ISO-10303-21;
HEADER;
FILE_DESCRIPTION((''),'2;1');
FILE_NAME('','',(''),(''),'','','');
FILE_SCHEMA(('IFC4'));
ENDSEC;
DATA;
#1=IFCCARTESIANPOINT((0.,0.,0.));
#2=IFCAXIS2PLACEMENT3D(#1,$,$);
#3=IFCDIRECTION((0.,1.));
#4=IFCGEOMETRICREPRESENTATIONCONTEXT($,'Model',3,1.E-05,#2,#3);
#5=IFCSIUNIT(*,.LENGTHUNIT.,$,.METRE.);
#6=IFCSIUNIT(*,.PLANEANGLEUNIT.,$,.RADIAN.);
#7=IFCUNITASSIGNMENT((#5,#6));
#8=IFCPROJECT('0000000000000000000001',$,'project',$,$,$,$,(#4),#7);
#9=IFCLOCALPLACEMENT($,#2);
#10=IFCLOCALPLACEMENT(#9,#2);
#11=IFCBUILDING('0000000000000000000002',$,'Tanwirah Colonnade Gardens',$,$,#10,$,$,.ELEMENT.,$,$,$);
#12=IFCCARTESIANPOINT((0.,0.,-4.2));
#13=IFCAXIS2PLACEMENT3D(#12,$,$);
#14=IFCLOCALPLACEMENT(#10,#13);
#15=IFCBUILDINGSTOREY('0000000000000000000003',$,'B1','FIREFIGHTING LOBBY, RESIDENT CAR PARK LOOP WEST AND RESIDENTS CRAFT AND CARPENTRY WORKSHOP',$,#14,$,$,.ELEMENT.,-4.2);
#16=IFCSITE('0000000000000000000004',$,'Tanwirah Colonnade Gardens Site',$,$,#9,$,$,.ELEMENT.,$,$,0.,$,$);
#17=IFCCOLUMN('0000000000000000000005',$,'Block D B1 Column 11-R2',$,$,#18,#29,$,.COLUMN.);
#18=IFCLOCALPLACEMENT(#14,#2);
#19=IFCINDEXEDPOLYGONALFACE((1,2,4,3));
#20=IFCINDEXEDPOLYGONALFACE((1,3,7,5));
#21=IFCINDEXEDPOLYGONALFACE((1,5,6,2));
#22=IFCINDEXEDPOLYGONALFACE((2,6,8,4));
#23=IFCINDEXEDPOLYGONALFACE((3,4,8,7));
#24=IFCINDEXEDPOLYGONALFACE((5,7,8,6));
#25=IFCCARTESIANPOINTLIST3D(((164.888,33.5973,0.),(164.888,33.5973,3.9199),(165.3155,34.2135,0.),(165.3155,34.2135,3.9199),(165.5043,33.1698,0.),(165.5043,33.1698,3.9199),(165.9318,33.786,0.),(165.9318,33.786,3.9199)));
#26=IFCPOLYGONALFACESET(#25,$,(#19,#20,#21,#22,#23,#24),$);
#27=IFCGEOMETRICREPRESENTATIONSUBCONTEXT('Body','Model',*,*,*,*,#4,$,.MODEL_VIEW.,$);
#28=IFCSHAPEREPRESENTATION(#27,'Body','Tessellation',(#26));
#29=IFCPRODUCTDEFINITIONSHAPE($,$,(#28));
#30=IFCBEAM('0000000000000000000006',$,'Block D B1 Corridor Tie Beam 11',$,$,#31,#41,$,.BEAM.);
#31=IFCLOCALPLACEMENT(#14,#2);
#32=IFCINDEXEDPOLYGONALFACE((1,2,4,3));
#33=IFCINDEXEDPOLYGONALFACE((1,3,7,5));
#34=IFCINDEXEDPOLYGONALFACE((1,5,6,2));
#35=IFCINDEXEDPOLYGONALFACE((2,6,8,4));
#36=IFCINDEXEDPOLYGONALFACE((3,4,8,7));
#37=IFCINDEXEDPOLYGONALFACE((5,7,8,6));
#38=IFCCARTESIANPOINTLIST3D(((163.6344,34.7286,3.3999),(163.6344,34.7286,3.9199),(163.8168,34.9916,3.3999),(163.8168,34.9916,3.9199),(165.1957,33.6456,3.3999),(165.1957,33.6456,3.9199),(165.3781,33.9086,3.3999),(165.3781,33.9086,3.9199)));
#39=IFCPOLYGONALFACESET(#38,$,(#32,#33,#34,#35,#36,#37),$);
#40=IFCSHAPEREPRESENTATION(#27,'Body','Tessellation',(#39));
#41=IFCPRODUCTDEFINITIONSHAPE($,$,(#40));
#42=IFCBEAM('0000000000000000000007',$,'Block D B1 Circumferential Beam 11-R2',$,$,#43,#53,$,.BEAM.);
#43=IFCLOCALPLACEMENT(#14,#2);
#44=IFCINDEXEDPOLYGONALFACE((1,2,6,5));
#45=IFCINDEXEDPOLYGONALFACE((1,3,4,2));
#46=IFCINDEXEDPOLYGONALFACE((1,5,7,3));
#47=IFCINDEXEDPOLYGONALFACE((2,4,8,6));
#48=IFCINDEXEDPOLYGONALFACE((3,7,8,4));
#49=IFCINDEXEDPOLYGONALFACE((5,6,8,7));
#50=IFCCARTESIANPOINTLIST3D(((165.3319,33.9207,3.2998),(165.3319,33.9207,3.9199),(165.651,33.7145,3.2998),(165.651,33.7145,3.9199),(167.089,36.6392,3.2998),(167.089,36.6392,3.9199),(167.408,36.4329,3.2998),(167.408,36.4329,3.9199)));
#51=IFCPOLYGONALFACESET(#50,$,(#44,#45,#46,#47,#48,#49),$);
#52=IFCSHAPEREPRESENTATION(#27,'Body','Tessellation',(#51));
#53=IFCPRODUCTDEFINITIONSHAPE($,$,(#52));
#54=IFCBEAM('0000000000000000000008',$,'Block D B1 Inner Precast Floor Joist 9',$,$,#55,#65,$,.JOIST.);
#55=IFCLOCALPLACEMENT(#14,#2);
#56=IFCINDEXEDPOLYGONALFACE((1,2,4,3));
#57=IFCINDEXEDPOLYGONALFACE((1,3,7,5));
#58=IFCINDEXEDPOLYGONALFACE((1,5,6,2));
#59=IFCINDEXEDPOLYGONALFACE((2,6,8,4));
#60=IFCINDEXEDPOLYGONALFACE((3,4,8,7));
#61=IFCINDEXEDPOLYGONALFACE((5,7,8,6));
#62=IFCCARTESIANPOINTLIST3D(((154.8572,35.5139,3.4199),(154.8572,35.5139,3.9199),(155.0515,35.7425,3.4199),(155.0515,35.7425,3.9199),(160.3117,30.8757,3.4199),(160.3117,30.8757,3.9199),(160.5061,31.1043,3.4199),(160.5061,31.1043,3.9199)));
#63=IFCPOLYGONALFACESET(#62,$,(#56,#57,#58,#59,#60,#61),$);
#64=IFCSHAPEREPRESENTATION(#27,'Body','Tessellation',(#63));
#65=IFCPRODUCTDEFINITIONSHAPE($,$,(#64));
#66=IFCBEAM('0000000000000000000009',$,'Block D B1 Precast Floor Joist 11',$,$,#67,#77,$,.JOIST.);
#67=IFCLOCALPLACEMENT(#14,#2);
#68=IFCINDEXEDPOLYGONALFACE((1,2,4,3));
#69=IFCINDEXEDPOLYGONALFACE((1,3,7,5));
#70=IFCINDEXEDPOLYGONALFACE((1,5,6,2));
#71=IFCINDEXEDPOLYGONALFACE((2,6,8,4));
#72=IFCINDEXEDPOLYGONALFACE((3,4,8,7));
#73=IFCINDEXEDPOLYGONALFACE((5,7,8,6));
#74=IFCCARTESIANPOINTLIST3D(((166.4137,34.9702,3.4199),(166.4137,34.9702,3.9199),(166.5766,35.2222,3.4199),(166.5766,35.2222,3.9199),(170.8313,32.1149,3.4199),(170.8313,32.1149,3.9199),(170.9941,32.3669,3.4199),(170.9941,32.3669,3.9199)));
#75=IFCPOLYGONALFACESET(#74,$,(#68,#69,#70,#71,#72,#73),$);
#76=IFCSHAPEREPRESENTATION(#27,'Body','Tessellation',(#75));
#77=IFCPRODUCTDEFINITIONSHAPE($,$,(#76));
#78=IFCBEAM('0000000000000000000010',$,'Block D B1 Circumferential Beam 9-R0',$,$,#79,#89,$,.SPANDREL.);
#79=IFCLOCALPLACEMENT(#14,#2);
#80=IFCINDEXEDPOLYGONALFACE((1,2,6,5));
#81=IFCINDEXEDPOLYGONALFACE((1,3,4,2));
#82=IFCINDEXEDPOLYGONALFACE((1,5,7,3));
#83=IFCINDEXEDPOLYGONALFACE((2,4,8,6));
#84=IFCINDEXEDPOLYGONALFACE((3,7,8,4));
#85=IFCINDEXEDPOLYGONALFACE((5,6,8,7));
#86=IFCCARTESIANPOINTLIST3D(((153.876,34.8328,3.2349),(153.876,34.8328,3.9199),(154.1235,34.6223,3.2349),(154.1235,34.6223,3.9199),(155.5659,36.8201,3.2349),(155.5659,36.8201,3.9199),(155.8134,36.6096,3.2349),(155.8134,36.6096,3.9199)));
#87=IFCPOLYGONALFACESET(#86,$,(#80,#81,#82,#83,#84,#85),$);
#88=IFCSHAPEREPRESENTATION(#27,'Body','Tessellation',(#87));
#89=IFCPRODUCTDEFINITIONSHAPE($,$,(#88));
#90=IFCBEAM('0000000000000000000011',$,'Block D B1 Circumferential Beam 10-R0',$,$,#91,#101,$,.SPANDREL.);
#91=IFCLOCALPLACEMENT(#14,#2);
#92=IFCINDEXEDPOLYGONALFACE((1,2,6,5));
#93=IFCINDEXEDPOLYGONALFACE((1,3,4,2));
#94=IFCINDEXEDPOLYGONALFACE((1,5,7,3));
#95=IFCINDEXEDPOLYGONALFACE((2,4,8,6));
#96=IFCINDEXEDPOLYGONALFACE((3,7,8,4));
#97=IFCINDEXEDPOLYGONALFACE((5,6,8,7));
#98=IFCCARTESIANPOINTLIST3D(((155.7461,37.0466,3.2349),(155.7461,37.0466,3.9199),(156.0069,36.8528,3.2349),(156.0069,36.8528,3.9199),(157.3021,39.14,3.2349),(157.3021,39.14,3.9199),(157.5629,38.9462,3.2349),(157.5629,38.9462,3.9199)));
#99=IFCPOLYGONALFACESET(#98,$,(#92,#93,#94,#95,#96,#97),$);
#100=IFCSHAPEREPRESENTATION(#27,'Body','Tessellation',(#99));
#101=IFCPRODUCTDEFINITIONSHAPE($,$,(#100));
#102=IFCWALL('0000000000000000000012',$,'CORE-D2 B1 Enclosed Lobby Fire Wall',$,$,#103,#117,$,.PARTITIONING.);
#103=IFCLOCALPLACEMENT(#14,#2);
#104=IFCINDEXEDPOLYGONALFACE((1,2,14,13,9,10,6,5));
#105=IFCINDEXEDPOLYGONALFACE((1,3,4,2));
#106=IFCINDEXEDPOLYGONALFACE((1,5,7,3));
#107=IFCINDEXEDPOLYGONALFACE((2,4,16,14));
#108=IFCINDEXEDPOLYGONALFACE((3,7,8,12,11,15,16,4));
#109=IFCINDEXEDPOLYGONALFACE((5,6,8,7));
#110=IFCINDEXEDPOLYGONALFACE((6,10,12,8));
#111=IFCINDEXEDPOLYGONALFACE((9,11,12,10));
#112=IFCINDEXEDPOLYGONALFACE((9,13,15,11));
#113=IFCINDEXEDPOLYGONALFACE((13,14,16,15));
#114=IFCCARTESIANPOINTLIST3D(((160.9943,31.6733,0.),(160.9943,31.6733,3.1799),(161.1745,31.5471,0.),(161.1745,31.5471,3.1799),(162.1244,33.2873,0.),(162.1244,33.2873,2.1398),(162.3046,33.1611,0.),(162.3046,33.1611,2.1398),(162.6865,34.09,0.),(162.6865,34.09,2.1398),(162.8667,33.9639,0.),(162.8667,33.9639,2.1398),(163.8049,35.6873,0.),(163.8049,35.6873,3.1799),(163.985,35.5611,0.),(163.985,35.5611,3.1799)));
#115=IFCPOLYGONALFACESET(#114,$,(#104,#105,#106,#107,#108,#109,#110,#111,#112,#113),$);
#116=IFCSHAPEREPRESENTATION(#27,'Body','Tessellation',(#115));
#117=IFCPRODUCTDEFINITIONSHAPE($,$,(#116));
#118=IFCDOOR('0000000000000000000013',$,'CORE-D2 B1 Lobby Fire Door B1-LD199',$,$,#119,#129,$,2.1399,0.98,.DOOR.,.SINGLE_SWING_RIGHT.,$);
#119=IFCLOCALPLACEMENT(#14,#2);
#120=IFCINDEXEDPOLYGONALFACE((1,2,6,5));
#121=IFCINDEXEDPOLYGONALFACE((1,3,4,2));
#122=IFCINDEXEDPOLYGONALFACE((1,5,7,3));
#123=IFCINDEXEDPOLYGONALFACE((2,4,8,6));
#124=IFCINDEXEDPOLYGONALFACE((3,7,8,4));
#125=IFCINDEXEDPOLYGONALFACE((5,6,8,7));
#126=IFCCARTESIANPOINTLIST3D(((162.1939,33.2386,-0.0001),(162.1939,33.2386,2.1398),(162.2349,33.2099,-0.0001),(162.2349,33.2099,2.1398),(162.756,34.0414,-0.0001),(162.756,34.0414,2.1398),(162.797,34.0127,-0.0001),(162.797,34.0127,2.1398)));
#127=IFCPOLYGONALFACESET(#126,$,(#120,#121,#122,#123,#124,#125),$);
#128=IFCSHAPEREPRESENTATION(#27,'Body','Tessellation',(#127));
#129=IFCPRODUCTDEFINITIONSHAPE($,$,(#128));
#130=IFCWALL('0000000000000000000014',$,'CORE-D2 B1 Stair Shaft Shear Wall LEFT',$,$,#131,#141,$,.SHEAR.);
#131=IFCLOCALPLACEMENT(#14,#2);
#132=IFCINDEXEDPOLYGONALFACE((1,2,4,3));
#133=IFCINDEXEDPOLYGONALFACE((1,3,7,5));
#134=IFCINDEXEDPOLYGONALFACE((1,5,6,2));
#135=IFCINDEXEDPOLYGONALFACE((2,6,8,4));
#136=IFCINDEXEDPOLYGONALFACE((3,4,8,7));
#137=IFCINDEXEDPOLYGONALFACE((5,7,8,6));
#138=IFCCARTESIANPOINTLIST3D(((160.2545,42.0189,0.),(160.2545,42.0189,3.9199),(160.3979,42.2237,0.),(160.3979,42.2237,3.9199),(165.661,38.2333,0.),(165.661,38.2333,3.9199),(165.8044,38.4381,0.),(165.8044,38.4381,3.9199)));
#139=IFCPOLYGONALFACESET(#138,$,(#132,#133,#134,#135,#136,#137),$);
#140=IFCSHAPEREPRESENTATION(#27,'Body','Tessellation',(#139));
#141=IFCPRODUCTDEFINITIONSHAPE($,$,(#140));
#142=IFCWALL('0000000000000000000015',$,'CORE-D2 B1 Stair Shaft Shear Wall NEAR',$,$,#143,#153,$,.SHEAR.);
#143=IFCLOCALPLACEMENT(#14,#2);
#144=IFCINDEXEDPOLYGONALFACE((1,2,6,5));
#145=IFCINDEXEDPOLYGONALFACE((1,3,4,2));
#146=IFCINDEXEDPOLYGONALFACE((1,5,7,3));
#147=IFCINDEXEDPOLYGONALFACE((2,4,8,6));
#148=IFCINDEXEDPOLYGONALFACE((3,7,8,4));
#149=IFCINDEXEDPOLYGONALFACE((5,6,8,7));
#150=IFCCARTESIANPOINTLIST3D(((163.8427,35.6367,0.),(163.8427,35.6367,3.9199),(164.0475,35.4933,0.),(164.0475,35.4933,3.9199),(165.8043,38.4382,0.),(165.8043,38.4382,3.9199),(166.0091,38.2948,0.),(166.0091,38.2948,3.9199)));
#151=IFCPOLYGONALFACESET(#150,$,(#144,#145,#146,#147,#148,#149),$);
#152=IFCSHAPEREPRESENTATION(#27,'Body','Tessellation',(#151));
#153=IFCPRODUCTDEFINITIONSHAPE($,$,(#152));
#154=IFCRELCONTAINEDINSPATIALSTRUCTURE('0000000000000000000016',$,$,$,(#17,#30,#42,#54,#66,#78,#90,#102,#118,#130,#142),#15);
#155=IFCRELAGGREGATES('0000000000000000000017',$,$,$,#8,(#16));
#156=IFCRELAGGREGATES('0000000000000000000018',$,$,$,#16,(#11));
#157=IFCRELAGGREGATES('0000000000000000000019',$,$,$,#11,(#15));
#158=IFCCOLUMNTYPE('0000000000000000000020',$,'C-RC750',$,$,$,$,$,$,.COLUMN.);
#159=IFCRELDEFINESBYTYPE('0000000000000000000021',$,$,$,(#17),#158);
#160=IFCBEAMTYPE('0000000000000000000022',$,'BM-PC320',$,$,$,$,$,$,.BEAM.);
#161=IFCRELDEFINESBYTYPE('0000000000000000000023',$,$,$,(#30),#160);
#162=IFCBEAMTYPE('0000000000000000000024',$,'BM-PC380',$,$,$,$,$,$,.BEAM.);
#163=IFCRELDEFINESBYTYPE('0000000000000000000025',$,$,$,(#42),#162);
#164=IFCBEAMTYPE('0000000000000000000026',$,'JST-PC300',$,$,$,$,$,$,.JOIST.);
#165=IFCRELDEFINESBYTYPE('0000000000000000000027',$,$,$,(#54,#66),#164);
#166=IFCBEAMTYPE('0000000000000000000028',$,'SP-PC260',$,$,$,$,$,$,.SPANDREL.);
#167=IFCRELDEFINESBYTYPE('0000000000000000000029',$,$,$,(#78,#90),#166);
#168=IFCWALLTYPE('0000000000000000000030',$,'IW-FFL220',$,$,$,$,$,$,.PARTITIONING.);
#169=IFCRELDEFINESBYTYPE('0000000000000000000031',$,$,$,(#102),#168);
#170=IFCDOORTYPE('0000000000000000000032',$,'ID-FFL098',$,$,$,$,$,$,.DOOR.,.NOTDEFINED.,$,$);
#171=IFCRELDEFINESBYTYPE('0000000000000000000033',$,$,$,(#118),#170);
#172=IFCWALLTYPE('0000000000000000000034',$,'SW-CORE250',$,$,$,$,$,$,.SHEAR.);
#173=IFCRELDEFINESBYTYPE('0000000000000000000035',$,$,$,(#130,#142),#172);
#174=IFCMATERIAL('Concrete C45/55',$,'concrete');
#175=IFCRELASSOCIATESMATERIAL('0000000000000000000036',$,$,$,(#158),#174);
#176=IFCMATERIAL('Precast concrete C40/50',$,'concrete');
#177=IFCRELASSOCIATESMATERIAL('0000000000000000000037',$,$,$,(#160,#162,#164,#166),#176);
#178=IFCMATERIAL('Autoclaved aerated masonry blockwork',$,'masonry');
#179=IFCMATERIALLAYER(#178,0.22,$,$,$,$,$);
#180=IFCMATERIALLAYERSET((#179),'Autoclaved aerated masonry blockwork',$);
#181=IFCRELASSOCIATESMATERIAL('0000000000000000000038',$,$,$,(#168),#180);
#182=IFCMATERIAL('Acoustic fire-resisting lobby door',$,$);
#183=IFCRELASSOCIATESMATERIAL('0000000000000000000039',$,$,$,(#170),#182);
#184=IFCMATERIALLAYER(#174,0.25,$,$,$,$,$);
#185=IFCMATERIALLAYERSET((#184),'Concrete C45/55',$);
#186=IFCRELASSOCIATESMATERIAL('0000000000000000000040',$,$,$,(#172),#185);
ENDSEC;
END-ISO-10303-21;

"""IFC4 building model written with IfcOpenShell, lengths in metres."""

from ifc_helpers import new_model, si_unit, direction, frame, frame_2d, origin, origin_2d, place, context, subcontext, project, spatial, rectangle, extrude, material, layer, layer_set, material_profile, profile_set, type_object, element, fill, save


model = new_model("IFC4")

# Units and contexts
model_context = context("Model", 3, precision=1e-05, world=origin(), true_north=direction((0.0, 1.0)))
body_context = subcontext(model_context, "Body", "Model", "MODEL_VIEW")
ifc_project = project(units=[si_unit("LENGTHUNIT", "METRE"), si_unit("PLANEANGLEUNIT", "RADIAN")], contexts=[model_context])

# Site, building, storey
site_placement = place(None, origin())
site = spatial("IfcSite", under=ifc_project, at=site_placement, Name="Tanwirah Colonnade Gardens Site", CompositionType="ELEMENT", RefElevation=0.0)
building_placement = place(site_placement, origin())
building = spatial("IfcBuilding", under=site, at=building_placement, Name="Tanwirah Colonnade Gardens", CompositionType="ELEMENT")
storey_placement = place(building_placement, frame((0.0, 0.0, -4.2)))
storey = spatial("IfcBuildingStorey", under=building, at=storey_placement, Name="B1", Description="FIREFIGHTING LOBBY, RESIDENT CAR PARK LOOP WEST AND RESIDENTS CRAFT AND CARPENTRY WORKSHOP", CompositionType="ELEMENT", Elevation=-4.2)

# Shared definitions
ifc_material_1 = material(Name="Concrete C45/55", Category="concrete")

# Column
ifc_material_profile_1 = material_profile(ifc_material_1, rectangle(XDim=0.75, YDim=0.75, at=origin_2d()), Name="RC-COL 750x750")
ifc_profile_set_1 = profile_set([ifc_material_profile_1], Name="Concrete C45/55")
column_type = type_object("IfcColumnType", Name="C-RC750", PredefinedType="COLUMN", material=ifc_profile_set_1)
for number, where, z_axis, x_axis, name in (
    (1, (165.4099, 33.6917, 0.0), (0.0, 0.0, 1.0), (0.821647, -0.569997, 0.0), "Block D B1 Column 11-R2"),
):
    element("IfcColumn", number, at=place(storey_placement, frame(where, z_axis=z_axis, x_axis=x_axis)), inside=storey, type_object=column_type, Name=name, PredefinedType="COLUMN", context=body_context, shape_type="SweptSolid", body=[
        extrude(rectangle(XDim=0.75, YDim=0.75, at=origin_2d()), origin(), (0.0, 0.0, 1.0), 3.9199),
    ])

# Beams
ifc_material_2 = material(Name="Precast concrete C40/50", Category="concrete")
ifc_material_profile_2 = material_profile(ifc_material_2, rectangle(XDim=0.3201, YDim=0.52, at=origin_2d()), Name="PC-BM 320x520")
ifc_profile_set_2 = profile_set([ifc_material_profile_2], Name="Precast concrete C40/50")
beam_type_1 = type_object("IfcBeamType", Name="BM-PC320", PredefinedType="BEAM", material=ifc_profile_set_2)
beam_1_placement = place(storey_placement, frame((163.7256, 34.8601, 3.6599), z_axis=(0.821669, -0.569965, 0.0), x_axis=(0.569965, 0.821669, 0.0)))
element("IfcBeam", 2, at=beam_1_placement, inside=storey, type_object=beam_type_1, Name="Block D B1 Corridor Tie Beam 11", PredefinedType="BEAM", context=body_context, shape_type="SweptSolid", body=[
    extrude(rectangle(XDim=0.3201, YDim=0.52, at=origin_2d()), origin(), (0.0, 0.0, 1.0), 1.9001),
])
ifc_material_profile_3 = material_profile(ifc_material_2, rectangle(XDim=0.3799, YDim=0.6201, at=origin_2d()), Name="PC-BM 380x620")
ifc_profile_set_3 = profile_set([ifc_material_profile_3], Name="Precast concrete C40/50")
beam_type_2 = type_object("IfcBeamType", Name="BM-PC380", PredefinedType="BEAM", material=ifc_profile_set_3)
beam_2_placement = place(storey_placement, frame((165.4915, 33.8176, 3.6099), z_axis=(0.542826, 0.839845, 0.0), x_axis=(-0.839845, 0.542826, 0.0)))
element("IfcBeam", 3, at=beam_2_placement, inside=storey, type_object=beam_type_2, Name="Block D B1 Circumferential Beam 11-R2", PredefinedType="BEAM", context=body_context, shape_type="SweptSolid", body=[
    extrude(rectangle(XDim=0.3799, YDim=0.6201, at=origin_2d()), origin(), (0.0, 0.0, 1.0), 3.2368),
])
ifc_material_profile_4 = material_profile(ifc_material_2, rectangle(XDim=0.3, YDim=0.5, at=origin_2d()), Name="PC-JST 300x500")
ifc_profile_set_4 = profile_set([ifc_material_profile_4], Name="Precast concrete C40/50")
beam_type_3 = type_object("IfcBeamType", Name="JST-PC300", PredefinedType="JOIST", material=ifc_profile_set_4)
beam_3_placement = place(storey_placement, frame((154.9543, 35.6282, 3.6699), z_axis=(0.761816, -0.647793, 0.0), x_axis=(0.647793, 0.761816, 0.0)))
element("IfcBeam", 4, at=beam_3_placement, inside=storey, type_object=beam_type_3, Name="Block D B1 Inner Precast Floor Joist 9", PredefinedType="JOIST", context=body_context, shape_type="SweptSolid", body=[
    extrude(rectangle(XDim=0.3, YDim=0.5, at=origin_2d()), origin(), (0.0, 0.0, 1.0), 7.1599),
])
beam_4_placement = place(storey_placement, frame((166.4951, 35.0962, 3.6699), z_axis=(0.839843, -0.54283, 0.0), x_axis=(0.54283, 0.839843, 0.0)))
element("IfcBeam", 5, at=beam_4_placement, inside=storey, type_object=beam_type_3, Name="Block D B1 Precast Floor Joist 11", PredefinedType="JOIST", context=body_context, shape_type="SweptSolid", body=[
    extrude(rectangle(XDim=0.3, YDim=0.5, at=origin_2d()), origin(), (0.0, 0.0, 1.0), 5.26),
])
ifc_material_profile_5 = material_profile(ifc_material_2, rectangle(XDim=0.325, YDim=0.6851, at=origin_2d()), Name="PC-SP 325x685")
ifc_profile_set_5 = profile_set([ifc_material_profile_5], Name="Precast concrete C40/50")
beam_type_4 = type_object("IfcBeamType", Name="SP-PC260", PredefinedType="SPANDREL", material=ifc_profile_set_5)
beam_5_placement = place(storey_placement, frame((153.9998, 34.7275, 3.5774), z_axis=(0.647811, 0.761801, 0.0), x_axis=(-0.761801, 0.647811, 0.0)))
element("IfcBeam", 6, at=beam_5_placement, inside=storey, type_object=beam_type_4, Name="Block D B1 Circumferential Beam 9-R0", PredefinedType="SPANDREL", context=body_context, shape_type="SweptSolid", body=[
    extrude(rectangle(XDim=0.325, YDim=0.6851, at=origin_2d()), origin(), (0.0, 0.0, 1.0), 2.6086),
])
beam_6_placement = place(storey_placement, frame((155.8765, 36.9497, 3.5774), z_axis=(0.596565, 0.802565, 0.0), x_axis=(-0.802565, 0.596565, 0.0)))
element("IfcBeam", 7, at=beam_6_placement, inside=storey, type_object=beam_type_4, Name="Block D B1 Circumferential Beam 10-R0", PredefinedType="SPANDREL", context=body_context, shape_type="SweptSolid", body=[
    extrude(rectangle(XDim=0.325, YDim=0.6851, at=origin_2d()), origin(), (0.0, 0.0, 1.0), 2.6084),
])

# Wall, opening, door
ifc_material_3 = material(Name="Autoclaved aerated masonry blockwork", Category="masonry")
ifc_layer_1 = layer(ifc_material_3, 0.22)
ifc_layer_set_1 = layer_set([ifc_layer_1], Name="Autoclaved aerated masonry blockwork")
wall_type_1 = type_object("IfcWallType", Name="IW-FFL220", PredefinedType="PARTITIONING", material=ifc_layer_set_1)
wall_1_placement = place(storey_placement, frame((163.895, 35.6243, 0.0), z_axis=(0.0, 0.0, 1.0), x_axis=(-0.573573, -0.819155, 0.0)))
wall_1 = element("IfcWall", 8, at=wall_1_placement, inside=storey, type_object=wall_type_1, Name="CORE-D2 B1 Enclosed Lobby Fire Wall", PredefinedType="PARTITIONING", context=body_context, shape_type="SweptSolid", body=[
    extrude(rectangle(XDim=4.9001, YDim=0.22, at=frame_2d((2.4502, 0.0))), origin(), (0.0, 0.0, 1.0), 3.1799),
])
opening_1_placement = place(wall_1_placement, frame((1.95, 0.0, 0.0)))
opening_1 = element("IfcOpeningElement", 9, at=opening_1_placement, cuts=wall_1, PredefinedType="OPENING", context=body_context, shape_type="SweptSolid", body=[
    extrude(rectangle(XDim=0.98, YDim=2.1399, at=frame_2d((0.49, 1.0698))), frame((0.0, 0.1199, 0.0), z_axis=(0.0, -1.0, 0.0), x_axis=(1.0, 0.0, 0.0)), (0.0, 0.0, 1.0), 0.24),
])
ifc_material_4 = material(Name="Acoustic fire-resisting lobby door")
door_type_1 = type_object("IfcDoorType", Name="ID-FFL098", OperationType="NOTDEFINED", PredefinedType="DOOR", material=ifc_material_4)
door_1_placement = place(opening_1_placement, origin())
door_1 = element("IfcDoor", 10, at=door_1_placement, inside=storey, type_object=door_type_1, Name="CORE-D2 B1 Lobby Fire Door B1-LD199", OperationType="SINGLE_SWING_RIGHT", OverallHeight=2.1399, OverallWidth=0.98, PredefinedType="DOOR", context=body_context, shape_type="SweptSolid", body=[
    extrude(rectangle(XDim=0.98, YDim=2.1399, at=frame_2d((0.49, 1.0698))), frame((0.0, 0.0249, 0.0), z_axis=(0.0, -1.0, 0.0), x_axis=(1.0, 0.0, 0.0)), (0.0, 0.0, 1.0), 0.05),
])
fill(opening_1, door_1)

# Walls
ifc_layer_2 = layer(ifc_material_1, 0.25)
ifc_layer_set_2 = layer_set([ifc_layer_2], Name="Concrete C45/55")
wall_type_2 = type_object("IfcWallType", Name="SW-CORE250", PredefinedType="SHEAR", material=ifc_layer_set_2)
wall_2_placement = place(storey_placement, frame((165.7327, 38.3357, 0.0), z_axis=(0.0, 0.0, 1.0), x_axis=(-0.819154, 0.573574, 0.0)))
element("IfcWall", 11, at=wall_2_placement, inside=storey, type_object=wall_type_2, Name="CORE-D2 B1 Stair Shaft Shear Wall LEFT", PredefinedType="SHEAR", context=body_context, shape_type="SweptSolid", body=[
    extrude(rectangle(XDim=6.6001, YDim=0.25, at=frame_2d((3.3, 0.0))), origin(), (0.0, 0.0, 1.0), 3.9199),
])
wall_3_placement = place(storey_placement, frame((165.9067, 38.3665, 0.0), z_axis=(0.0, 0.0, 1.0), x_axis=(-0.573582, -0.819148, 0.0)))
element("IfcWall", 12, at=wall_3_placement, inside=storey, type_object=wall_type_2, Name="CORE-D2 B1 Stair Shaft Shear Wall NEAR", PredefinedType="SHEAR", context=body_context, shape_type="SweptSolid", body=[
    extrude(rectangle(XDim=3.4199, YDim=0.25, at=frame_2d((1.71, 0.0))), origin(), (0.0, 0.0, 1.0), 3.9199),
])

save(model, "model.ifc")
